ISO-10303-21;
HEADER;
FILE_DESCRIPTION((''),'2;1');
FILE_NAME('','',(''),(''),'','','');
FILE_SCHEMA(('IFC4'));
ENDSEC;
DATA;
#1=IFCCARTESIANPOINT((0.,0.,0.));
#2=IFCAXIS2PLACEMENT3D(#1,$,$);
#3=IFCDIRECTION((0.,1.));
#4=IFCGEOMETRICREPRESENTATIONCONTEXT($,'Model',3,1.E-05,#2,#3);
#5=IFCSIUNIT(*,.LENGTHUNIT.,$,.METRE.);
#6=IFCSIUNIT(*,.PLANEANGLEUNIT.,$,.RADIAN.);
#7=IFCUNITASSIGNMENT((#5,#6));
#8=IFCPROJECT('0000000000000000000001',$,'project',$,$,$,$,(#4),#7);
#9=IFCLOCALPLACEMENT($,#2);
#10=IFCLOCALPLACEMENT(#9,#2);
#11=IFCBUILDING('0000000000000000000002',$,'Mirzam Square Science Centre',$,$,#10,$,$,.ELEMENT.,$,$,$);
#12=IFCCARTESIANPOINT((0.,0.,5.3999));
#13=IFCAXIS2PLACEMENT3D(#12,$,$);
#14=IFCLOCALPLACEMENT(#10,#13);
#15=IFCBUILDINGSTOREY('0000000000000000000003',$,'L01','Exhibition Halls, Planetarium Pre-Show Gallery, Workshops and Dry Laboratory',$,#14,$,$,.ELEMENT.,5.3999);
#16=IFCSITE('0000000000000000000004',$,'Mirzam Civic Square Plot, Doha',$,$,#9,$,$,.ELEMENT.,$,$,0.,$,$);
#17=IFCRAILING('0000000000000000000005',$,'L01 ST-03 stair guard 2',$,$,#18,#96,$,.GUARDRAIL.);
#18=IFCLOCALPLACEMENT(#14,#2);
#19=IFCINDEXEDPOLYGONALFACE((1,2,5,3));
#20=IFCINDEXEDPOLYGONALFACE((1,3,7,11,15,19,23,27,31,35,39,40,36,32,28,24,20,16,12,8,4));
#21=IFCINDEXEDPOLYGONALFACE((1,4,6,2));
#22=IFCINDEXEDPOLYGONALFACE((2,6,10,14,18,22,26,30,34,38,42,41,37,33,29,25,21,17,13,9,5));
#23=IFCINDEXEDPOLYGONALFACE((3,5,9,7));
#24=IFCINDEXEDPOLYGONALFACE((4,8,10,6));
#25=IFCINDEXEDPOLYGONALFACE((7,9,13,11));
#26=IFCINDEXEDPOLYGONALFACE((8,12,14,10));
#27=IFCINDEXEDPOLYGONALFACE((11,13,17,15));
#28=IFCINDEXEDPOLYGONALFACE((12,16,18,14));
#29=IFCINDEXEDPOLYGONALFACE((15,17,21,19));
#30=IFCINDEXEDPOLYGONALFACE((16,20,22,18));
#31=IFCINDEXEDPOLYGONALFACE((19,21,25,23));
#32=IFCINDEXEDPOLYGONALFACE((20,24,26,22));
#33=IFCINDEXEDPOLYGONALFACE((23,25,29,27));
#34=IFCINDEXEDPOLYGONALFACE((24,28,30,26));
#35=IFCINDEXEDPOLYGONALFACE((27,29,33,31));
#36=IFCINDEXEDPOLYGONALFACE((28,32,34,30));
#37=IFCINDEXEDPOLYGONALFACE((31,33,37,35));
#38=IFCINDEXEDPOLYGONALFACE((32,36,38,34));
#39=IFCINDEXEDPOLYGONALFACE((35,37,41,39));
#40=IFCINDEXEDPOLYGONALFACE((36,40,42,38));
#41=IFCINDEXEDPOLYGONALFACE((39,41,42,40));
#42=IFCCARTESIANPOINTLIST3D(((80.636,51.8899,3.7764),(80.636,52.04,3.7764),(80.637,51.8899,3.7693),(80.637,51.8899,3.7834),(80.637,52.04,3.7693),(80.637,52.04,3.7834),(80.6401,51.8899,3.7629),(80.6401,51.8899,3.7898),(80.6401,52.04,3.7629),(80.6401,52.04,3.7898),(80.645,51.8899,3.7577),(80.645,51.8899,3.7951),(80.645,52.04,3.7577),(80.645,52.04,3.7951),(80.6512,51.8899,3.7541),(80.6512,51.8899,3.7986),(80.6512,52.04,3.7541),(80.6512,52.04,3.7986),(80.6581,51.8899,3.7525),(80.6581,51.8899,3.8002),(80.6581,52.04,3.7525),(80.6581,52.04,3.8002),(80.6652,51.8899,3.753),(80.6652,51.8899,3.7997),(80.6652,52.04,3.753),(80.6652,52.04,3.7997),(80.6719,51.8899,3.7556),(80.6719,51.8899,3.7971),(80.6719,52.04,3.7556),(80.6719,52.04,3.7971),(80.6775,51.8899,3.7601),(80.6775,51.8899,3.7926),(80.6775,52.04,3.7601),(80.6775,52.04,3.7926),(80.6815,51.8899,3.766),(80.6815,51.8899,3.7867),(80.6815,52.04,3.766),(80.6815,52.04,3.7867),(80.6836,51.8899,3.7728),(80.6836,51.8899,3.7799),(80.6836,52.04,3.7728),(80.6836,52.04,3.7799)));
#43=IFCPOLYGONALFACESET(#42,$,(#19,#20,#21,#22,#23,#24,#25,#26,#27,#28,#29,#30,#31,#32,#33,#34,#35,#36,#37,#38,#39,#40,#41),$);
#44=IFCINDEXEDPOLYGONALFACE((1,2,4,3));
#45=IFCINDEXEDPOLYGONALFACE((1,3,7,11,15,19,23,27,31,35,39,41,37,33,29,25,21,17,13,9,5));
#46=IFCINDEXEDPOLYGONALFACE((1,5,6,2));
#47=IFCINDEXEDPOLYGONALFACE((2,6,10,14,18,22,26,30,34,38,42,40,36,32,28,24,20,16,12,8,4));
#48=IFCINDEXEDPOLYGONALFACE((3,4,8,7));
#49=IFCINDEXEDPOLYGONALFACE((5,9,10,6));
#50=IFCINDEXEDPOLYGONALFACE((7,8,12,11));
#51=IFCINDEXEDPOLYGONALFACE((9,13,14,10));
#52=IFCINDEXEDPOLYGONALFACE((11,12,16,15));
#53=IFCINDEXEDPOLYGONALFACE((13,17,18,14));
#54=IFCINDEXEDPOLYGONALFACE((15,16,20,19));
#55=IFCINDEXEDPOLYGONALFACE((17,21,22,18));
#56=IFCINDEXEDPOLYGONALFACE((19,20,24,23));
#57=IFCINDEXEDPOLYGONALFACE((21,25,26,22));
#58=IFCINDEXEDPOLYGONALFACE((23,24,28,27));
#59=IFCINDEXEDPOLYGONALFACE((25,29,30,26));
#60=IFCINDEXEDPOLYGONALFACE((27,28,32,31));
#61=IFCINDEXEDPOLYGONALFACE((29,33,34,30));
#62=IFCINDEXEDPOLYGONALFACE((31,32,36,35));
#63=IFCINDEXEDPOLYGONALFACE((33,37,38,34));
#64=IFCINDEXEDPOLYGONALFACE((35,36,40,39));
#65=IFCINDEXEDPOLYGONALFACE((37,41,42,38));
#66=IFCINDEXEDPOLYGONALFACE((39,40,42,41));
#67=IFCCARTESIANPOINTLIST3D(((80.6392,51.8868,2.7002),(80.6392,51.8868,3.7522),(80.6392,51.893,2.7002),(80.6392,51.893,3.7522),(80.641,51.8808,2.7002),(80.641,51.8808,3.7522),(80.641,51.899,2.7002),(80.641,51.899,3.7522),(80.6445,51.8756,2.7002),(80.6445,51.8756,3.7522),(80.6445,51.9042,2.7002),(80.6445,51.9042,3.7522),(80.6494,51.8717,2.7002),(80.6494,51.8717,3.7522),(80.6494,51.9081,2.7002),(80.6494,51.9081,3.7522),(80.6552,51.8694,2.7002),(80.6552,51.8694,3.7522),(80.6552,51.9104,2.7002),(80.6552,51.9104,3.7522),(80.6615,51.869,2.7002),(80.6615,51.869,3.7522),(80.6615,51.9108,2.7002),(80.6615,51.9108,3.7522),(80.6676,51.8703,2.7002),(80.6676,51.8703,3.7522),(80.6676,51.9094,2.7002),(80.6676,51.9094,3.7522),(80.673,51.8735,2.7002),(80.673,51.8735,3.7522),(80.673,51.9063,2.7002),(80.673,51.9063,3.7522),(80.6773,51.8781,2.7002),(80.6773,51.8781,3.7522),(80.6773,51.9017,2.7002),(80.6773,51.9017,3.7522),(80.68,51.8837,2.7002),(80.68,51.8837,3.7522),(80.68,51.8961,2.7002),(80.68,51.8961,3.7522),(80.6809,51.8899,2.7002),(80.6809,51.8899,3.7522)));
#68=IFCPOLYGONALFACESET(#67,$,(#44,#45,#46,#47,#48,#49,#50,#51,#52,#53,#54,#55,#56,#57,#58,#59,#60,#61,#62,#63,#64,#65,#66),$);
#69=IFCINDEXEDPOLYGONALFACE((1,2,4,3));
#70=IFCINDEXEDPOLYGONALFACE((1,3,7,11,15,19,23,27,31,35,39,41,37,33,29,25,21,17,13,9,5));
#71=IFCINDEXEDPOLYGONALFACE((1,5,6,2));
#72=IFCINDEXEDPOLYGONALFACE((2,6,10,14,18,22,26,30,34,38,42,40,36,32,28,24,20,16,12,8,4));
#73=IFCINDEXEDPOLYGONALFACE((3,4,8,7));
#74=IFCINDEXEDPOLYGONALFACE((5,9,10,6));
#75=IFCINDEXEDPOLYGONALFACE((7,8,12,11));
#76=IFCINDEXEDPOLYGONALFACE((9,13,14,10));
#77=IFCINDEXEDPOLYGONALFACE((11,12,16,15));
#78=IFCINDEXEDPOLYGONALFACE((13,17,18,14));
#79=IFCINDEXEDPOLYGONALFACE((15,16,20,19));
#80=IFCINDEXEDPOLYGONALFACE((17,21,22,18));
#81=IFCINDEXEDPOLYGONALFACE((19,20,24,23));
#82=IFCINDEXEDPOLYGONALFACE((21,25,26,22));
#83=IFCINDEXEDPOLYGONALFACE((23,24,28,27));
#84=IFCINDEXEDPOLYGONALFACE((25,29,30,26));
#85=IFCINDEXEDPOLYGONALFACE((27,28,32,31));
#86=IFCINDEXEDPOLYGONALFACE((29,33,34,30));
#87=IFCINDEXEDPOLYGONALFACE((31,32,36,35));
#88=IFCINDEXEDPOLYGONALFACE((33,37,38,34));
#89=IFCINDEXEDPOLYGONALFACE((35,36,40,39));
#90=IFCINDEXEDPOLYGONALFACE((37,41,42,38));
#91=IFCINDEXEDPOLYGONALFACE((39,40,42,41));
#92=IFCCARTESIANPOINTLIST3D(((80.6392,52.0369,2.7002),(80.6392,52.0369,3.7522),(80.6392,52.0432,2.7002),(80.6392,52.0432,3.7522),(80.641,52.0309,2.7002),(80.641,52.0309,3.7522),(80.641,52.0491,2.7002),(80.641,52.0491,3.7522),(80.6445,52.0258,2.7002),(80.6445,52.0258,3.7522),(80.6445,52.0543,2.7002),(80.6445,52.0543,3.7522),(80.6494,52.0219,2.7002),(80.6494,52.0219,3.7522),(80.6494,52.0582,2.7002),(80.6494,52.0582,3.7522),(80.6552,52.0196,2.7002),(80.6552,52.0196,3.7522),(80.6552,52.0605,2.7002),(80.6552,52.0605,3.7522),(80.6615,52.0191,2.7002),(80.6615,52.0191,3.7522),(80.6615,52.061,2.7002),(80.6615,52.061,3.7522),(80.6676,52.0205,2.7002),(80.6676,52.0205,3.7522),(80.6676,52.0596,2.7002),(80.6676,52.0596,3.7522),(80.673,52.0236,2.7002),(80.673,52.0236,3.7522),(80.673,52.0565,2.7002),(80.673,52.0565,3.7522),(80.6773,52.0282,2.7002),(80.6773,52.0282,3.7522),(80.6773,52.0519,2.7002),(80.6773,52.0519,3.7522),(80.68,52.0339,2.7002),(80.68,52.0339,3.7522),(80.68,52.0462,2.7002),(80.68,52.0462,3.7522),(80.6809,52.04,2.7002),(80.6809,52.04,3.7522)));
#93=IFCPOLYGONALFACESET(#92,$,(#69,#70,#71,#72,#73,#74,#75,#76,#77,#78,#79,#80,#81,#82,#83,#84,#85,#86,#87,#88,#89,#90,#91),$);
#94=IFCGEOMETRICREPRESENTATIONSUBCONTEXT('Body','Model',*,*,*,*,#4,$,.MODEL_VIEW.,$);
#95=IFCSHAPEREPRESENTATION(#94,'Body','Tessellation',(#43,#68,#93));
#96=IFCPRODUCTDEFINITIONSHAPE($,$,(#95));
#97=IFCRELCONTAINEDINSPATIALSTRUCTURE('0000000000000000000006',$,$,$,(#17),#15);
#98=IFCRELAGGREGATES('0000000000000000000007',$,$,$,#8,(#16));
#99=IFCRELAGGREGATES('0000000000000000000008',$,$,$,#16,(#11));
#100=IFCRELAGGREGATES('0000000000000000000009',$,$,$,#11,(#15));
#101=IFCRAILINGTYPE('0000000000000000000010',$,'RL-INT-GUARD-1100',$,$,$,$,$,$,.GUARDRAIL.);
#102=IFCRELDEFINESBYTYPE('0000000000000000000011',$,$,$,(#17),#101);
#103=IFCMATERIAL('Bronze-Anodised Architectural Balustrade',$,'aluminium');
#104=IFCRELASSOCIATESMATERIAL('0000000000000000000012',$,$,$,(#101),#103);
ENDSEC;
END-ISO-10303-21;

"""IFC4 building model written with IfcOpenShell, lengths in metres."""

from ifc_helpers import new_model, si_unit, direction, frame, origin, origin_2d, place, context, subcontext, project, spatial, circle, extrude, material, type_object, element, save


model = new_model("IFC4")

# Units and contexts
model_context = context("Model", 3, precision=1e-05, world=origin(), true_north=direction((0.0, 1.0)))
body_context = subcontext(model_context, "Body", "Model", "MODEL_VIEW")
ifc_project = project(units=[si_unit("LENGTHUNIT", "METRE"), si_unit("PLANEANGLEUNIT", "RADIAN")], contexts=[model_context])

# Site, building, storey
site_placement = place(None, origin())
site = spatial("IfcSite", under=ifc_project, at=site_placement, Name="Mirzam Civic Square Plot, Doha", CompositionType="ELEMENT", RefElevation=0.0)
building_placement = place(site_placement, origin())
building = spatial("IfcBuilding", under=site, at=building_placement, Name="Mirzam Square Science Centre", CompositionType="ELEMENT")
storey_placement = place(building_placement, frame((0.0, 0.0, 5.3999)))
storey = spatial("IfcBuildingStorey", under=building, at=storey_placement, Name="L01", Description="Exhibition Halls, Planetarium Pre-Show Gallery, Workshops and Dry Laboratory", CompositionType="ELEMENT", Elevation=5.3999)

# Railing
ifc_material_1 = material(Name="Bronze-Anodised Architectural Balustrade", Category="aluminium")
railing_type_1 = type_object("IfcRailingType", Name="RL-INT-GUARD-1100", PredefinedType="GUARDRAIL", material=ifc_material_1)
railing_1_placement = place(storey_placement, frame((80.6599, 51.8899, 2.7002)))
element("IfcRailing", 1, at=railing_1_placement, inside=storey, type_object=railing_type_1, Name="L01 ST-03 stair guard 2", PredefinedType="GUARDRAIL", context=body_context, shape_type="SweptSolid", body=[
    extrude(circle(Radius=0.0239, at=origin_2d()), frame((0.0, 0.0, 1.0762), z_axis=(0.0, 1.0, 0.0), x_axis=(-1.0, 0.0, 0.0)), (0.0, 0.0, 1.0), 0.1501),
    extrude(circle(Radius=0.021, at=origin_2d()), origin(), (0.0, 0.0, 1.0), 1.052),
    extrude(circle(Radius=0.021, at=origin_2d()), frame((0.0, 0.1501, 0.0)), (0.0, 0.0, 1.0), 1.052),
])

save(model, "model.ifc")
